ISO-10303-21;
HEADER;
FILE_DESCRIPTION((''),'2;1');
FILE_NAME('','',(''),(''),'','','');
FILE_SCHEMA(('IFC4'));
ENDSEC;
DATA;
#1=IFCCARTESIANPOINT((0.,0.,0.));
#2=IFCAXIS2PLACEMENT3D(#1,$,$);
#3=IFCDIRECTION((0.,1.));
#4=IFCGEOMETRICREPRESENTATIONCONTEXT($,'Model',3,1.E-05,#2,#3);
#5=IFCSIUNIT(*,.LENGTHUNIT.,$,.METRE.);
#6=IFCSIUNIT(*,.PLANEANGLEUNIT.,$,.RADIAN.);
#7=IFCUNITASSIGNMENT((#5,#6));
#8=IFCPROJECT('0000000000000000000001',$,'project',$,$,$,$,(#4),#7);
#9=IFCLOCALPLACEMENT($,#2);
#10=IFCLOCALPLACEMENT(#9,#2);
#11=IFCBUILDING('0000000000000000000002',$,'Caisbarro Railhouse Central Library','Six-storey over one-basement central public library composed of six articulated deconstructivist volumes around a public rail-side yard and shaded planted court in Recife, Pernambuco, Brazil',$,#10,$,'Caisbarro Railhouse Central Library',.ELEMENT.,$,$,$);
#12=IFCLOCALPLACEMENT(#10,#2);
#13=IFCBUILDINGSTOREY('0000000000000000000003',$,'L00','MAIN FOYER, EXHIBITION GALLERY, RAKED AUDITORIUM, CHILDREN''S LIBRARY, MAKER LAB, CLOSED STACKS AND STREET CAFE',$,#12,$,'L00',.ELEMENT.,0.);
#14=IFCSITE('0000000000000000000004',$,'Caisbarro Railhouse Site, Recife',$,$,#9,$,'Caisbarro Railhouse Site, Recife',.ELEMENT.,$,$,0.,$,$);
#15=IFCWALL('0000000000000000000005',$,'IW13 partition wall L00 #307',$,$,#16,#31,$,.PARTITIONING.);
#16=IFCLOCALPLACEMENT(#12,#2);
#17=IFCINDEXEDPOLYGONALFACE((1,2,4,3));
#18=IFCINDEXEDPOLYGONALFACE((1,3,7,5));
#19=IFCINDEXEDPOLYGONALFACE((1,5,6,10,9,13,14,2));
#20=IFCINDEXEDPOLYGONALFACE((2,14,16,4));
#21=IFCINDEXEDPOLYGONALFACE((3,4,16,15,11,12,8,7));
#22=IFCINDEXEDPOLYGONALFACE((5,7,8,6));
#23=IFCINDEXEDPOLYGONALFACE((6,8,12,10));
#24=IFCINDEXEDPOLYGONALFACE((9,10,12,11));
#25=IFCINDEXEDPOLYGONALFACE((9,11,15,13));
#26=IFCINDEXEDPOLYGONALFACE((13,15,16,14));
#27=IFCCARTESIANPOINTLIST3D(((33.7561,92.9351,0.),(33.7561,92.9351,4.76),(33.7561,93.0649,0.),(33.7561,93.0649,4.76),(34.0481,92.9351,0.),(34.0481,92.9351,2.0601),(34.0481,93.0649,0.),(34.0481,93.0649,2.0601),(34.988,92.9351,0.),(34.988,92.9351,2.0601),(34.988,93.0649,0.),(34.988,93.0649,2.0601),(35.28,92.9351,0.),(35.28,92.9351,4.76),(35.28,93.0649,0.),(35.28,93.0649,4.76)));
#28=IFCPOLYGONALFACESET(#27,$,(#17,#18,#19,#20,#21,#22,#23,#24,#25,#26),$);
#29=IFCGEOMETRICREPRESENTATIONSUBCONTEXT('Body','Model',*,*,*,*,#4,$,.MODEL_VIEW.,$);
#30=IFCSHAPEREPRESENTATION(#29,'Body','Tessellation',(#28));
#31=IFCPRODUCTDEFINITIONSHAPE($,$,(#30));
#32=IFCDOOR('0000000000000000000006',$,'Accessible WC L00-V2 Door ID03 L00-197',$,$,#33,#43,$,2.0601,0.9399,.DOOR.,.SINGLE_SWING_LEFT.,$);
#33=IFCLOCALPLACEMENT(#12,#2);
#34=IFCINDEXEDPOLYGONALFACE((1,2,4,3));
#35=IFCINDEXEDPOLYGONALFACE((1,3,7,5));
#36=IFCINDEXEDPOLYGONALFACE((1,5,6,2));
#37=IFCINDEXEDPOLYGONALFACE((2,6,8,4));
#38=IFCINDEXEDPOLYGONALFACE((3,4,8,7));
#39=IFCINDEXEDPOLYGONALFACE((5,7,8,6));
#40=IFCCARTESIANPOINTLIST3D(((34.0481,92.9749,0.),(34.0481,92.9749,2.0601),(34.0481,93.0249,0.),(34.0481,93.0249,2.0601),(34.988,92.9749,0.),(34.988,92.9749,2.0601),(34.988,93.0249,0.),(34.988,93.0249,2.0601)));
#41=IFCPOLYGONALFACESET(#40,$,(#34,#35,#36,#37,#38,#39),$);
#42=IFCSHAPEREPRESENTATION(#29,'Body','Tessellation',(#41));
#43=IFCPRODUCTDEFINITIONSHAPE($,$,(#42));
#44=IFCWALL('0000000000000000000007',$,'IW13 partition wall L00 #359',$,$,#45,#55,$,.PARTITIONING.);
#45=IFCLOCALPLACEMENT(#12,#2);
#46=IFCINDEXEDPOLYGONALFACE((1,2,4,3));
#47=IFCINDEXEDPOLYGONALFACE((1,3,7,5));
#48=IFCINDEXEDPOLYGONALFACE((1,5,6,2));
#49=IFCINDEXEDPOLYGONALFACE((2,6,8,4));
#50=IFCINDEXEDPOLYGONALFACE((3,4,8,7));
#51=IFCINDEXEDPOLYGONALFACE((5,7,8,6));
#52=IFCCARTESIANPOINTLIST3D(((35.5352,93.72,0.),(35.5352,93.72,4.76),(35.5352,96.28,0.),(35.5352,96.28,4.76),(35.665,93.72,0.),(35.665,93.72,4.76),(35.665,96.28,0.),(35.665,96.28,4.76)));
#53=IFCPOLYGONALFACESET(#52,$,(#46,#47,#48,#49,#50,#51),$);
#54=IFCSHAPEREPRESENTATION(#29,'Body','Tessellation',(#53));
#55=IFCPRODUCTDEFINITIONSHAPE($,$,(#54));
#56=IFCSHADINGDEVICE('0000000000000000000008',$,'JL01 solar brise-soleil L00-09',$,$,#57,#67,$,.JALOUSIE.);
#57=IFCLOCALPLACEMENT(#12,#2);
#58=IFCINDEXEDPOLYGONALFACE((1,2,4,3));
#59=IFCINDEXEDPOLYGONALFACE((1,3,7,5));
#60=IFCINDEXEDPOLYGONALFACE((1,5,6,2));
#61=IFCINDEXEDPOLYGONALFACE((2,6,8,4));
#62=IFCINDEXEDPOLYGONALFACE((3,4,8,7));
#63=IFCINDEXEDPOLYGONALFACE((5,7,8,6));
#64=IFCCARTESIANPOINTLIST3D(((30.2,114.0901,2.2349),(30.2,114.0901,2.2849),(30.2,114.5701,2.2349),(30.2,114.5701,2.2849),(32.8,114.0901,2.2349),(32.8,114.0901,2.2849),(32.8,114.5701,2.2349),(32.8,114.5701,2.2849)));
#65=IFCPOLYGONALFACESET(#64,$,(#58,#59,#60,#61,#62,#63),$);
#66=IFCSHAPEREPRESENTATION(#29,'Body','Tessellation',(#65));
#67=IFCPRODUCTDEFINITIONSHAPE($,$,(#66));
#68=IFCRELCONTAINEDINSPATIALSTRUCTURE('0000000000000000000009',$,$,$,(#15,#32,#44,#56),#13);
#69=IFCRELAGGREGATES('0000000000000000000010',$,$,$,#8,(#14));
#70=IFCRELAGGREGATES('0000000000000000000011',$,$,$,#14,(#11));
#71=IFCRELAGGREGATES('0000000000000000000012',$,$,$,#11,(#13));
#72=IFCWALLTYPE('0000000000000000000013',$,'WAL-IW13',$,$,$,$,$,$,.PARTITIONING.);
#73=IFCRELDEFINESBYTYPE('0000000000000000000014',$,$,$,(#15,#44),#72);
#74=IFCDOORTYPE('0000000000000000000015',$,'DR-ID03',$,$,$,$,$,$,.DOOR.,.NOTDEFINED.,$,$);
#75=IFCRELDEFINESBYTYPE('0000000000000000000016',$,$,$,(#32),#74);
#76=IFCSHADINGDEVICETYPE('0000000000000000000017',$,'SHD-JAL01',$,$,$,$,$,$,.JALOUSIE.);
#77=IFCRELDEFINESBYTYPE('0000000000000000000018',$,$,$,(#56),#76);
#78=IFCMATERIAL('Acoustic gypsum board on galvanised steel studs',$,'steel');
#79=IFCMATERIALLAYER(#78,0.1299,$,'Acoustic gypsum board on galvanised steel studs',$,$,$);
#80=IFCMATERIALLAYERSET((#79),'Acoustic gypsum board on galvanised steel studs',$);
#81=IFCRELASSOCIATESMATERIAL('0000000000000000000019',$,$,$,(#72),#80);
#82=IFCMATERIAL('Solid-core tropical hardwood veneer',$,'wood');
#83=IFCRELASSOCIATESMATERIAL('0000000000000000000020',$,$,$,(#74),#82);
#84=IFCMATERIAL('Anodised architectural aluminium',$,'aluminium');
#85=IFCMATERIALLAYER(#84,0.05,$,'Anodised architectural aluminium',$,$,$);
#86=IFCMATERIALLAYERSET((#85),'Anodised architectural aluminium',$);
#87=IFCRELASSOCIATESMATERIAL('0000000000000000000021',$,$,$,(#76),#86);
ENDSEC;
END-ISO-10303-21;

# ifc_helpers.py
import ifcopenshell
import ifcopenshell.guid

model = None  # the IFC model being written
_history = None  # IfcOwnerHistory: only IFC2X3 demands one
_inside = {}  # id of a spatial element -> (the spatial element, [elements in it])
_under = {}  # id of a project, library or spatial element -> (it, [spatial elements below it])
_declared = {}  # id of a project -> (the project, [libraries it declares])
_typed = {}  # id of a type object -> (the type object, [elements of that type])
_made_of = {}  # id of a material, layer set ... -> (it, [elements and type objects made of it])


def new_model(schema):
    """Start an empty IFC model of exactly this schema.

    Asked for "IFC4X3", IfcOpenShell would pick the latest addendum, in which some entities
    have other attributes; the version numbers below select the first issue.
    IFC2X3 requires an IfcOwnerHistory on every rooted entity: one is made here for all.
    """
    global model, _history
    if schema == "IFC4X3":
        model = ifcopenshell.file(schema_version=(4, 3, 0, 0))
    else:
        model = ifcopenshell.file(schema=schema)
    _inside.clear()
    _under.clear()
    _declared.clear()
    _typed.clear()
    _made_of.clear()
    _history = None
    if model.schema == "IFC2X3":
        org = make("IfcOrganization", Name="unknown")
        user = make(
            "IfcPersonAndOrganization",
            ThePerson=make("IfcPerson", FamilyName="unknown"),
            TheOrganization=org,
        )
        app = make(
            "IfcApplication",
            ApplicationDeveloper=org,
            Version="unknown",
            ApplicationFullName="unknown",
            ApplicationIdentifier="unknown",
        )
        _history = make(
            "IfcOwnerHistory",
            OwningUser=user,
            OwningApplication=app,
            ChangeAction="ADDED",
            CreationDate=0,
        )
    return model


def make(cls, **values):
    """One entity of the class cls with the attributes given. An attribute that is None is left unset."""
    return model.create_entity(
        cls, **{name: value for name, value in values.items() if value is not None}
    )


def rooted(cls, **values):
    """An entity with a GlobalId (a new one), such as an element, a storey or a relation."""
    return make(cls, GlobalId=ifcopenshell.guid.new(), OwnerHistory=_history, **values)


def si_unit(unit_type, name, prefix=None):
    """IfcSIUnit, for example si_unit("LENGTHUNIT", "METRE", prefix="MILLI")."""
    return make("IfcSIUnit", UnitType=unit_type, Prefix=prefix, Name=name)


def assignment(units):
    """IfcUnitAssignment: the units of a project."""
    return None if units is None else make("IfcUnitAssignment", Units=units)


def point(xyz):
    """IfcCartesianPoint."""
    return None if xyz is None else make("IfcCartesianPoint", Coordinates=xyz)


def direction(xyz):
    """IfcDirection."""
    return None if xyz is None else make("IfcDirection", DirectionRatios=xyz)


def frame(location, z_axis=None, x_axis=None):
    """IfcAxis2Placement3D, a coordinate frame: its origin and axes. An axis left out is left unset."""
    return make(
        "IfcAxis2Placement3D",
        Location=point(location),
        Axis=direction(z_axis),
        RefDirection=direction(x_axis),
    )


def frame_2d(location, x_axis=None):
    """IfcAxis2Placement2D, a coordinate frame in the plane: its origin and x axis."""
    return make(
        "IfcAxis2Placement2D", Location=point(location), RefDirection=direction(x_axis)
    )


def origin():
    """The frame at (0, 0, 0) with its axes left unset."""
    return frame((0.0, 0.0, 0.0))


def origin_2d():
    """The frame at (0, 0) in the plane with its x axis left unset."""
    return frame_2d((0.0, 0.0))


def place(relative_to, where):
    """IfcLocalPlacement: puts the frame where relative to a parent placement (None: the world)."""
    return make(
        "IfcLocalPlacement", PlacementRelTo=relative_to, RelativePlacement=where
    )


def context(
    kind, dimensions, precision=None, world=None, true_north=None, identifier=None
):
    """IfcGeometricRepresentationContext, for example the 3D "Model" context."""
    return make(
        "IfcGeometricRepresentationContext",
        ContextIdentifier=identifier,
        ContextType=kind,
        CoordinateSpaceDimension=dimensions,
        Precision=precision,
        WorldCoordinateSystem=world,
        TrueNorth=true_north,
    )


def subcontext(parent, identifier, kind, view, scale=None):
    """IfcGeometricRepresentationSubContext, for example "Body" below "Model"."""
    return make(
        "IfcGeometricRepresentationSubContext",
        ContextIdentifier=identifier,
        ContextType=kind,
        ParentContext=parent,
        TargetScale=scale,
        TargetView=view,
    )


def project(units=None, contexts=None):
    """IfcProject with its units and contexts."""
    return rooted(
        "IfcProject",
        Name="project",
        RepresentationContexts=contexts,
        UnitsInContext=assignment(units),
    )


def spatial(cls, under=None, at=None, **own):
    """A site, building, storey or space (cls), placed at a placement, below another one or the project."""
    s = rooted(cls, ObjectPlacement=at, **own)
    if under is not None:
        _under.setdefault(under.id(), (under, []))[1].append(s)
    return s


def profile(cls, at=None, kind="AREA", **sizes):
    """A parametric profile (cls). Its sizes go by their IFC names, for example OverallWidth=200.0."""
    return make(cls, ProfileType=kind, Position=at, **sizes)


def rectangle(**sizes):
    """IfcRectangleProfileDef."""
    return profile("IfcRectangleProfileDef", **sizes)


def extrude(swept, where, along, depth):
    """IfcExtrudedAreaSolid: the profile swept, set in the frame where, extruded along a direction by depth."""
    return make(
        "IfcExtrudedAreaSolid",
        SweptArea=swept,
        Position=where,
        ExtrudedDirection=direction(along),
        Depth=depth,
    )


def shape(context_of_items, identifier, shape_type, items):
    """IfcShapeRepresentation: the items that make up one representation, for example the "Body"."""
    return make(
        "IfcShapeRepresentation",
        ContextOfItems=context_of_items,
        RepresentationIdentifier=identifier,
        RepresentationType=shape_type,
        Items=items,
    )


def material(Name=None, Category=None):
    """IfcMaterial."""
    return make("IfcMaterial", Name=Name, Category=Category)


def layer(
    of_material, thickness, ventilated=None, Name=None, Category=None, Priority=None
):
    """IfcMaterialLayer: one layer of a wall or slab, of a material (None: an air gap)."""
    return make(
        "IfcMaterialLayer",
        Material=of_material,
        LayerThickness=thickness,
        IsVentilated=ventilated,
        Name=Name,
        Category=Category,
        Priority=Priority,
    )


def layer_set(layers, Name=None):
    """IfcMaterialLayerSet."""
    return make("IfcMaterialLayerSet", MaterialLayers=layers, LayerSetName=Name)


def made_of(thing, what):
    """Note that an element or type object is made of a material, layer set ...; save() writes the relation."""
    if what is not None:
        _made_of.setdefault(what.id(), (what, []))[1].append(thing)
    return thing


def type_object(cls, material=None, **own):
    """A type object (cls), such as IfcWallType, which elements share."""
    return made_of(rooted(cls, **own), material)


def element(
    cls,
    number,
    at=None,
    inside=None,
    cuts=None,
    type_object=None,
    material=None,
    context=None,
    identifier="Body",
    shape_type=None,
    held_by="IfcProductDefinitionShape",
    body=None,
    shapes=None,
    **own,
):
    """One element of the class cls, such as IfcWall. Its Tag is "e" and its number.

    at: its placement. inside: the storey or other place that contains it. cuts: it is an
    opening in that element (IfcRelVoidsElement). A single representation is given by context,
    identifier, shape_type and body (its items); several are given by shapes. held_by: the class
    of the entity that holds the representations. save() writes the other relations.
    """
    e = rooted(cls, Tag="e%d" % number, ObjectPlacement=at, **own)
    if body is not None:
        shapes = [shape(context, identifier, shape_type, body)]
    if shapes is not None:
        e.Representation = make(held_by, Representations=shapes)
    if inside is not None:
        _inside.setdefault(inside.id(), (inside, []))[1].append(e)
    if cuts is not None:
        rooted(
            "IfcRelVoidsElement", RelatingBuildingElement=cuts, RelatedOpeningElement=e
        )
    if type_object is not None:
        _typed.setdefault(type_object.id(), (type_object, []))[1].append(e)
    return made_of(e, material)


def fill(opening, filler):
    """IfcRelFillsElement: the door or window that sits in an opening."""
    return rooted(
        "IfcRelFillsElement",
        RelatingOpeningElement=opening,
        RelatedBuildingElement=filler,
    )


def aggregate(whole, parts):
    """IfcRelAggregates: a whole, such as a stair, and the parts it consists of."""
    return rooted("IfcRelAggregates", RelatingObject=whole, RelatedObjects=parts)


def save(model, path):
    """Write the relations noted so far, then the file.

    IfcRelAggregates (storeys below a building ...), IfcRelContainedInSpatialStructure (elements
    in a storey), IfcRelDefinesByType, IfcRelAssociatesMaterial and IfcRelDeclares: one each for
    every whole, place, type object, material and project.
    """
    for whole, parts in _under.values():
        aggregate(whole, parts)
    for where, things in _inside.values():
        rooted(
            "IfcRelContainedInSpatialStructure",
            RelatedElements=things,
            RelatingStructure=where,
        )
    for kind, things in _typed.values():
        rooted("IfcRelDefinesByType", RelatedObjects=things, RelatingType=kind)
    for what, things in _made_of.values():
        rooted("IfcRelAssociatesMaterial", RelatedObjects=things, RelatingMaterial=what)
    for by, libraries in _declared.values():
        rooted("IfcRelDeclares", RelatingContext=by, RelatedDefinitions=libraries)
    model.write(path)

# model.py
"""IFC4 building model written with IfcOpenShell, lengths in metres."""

from ifc_helpers import new_model, si_unit, direction, frame, frame_2d, origin, origin_2d, place, context, subcontext, project, spatial, rectangle, extrude, material, layer, layer_set, type_object, element, fill, save


model = new_model("IFC4")

# Units and contexts
model_context = context("Model", 3, precision=1e-05, world=origin(), true_north=direction((0.0, 1.0)))
body_context = subcontext(model_context, "Body", "Model", "MODEL_VIEW")
ifc_project = project(units=[si_unit("LENGTHUNIT", "METRE"), si_unit("PLANEANGLEUNIT", "RADIAN")], contexts=[model_context])

# Site, building, storey
site_placement = place(None, origin())
site = spatial("IfcSite", under=ifc_project, at=site_placement, Name="Caisbarro Railhouse Site, Recife", LongName="Caisbarro Railhouse Site, Recife", CompositionType="ELEMENT", RefElevation=0.0)
building_placement = place(site_placement, origin())
building = spatial("IfcBuilding", under=site, at=building_placement, Name="Caisbarro Railhouse Central Library", Description="Six-storey over one-basement central public library composed of six articulated deconstructivist volumes around a public rail-side yard and shaded planted court in Recife, Pernambuco, Brazil", LongName="Caisbarro Railhouse Central Library", CompositionType="ELEMENT")
storey_placement = place(building_placement, origin())
storey = spatial("IfcBuildingStorey", under=building, at=storey_placement, Name="L00", Description="MAIN FOYER, EXHIBITION GALLERY, RAKED AUDITORIUM, CHILDREN'S LIBRARY, MAKER LAB, CLOSED STACKS AND STREET CAFE", LongName="L00", CompositionType="ELEMENT", Elevation=0.0)

# Shared definitions
ifc_material_1 = material(Name="Anodised architectural aluminium", Category="aluminium")

# Shared definitions
ifc_material_2 = material(Name="Acoustic gypsum board on galvanised steel studs", Category="steel")

# Wall, opening, door
ifc_material_3 = material(Name="Solid-core tropical hardwood veneer", Category="wood")
ifc_layer_1 = layer(ifc_material_2, 0.1299, Name="Acoustic gypsum board on galvanised steel studs")
ifc_layer_set_1 = layer_set([ifc_layer_1], Name="Acoustic gypsum board on galvanised steel studs")
wall_type_1 = type_object("IfcWallType", Name="WAL-IW13", PredefinedType="PARTITIONING", material=ifc_layer_set_1)
wall_1_placement = place(storey_placement, frame((33.7561, 93.0, 0.0), z_axis=(0.0, 0.0, 1.0), x_axis=(1.0, 0.0, 0.0)))
wall_1 = element("IfcWall", 1, at=wall_1_placement, inside=storey, type_object=wall_type_1, Name="IW13 partition wall L00 #307", PredefinedType="PARTITIONING", context=body_context, shape_type="SweptSolid", body=[
    extrude(rectangle(XDim=1.5239, YDim=0.1299, at=frame_2d((0.762, 0.0))), origin(), (0.0, 0.0, 1.0), 4.76),
])
opening_1_placement = place(wall_1_placement, frame((0.292, 0.0, 0.0)))
opening_1 = element("IfcOpeningElement", 2, at=opening_1_placement, cuts=wall_1, PredefinedType="OPENING", context=body_context, shape_type="SweptSolid", body=[
    extrude(rectangle(XDim=0.9399, YDim=2.0601, at=frame_2d((0.47, 1.03))), frame((0.0, 0.075, 0.0), z_axis=(0.0, -1.0, 0.0), x_axis=(1.0, 0.0, 0.0)), (0.0, 0.0, 1.0), 0.1499),
])
door_type_1 = type_object("IfcDoorType", Name="DR-ID03", OperationType="NOTDEFINED", PredefinedType="DOOR", material=ifc_material_3)
door_1_placement = place(opening_1_placement, origin())
door_1 = element("IfcDoor", 3, at=door_1_placement, inside=storey, type_object=door_type_1, Name="Accessible WC L00-V2 Door ID03 L00-197", OperationType="SINGLE_SWING_LEFT", OverallHeight=2.0601, OverallWidth=0.9399, PredefinedType="DOOR", context=body_context, shape_type="SweptSolid", body=[
    extrude(rectangle(XDim=0.9399, YDim=2.0601, at=frame_2d((0.47, 1.03))), frame((0.0, 0.0249, 0.0), z_axis=(0.0, -1.0, 0.0), x_axis=(1.0, 0.0, 0.0)), (0.0, 0.0, 1.0), 0.05),
])
fill(opening_1, door_1)

# Wall
wall_2_placement = place(storey_placement, frame((35.6001, 93.72, 0.0), z_axis=(0.0, 0.0, 1.0), x_axis=(0.0, 1.0, 0.0)))
element("IfcWall", 4, at=wall_2_placement, inside=storey, type_object=wall_type_1, Name="IW13 partition wall L00 #359", PredefinedType="PARTITIONING", context=body_context, shape_type="SweptSolid", body=[
    extrude(rectangle(XDim=2.5601, YDim=0.1299, at=frame_2d((1.28, 0.0))), origin(), (0.0, 0.0, 1.0), 4.76),
])

# Shading device
ifc_layer_2 = layer(ifc_material_1, 0.05, Name="Anodised architectural aluminium")
ifc_layer_set_2 = layer_set([ifc_layer_2], Name="Anodised architectural aluminium")
shading_device_type = type_object("IfcShadingDeviceType", Name="SHD-JAL01", PredefinedType="JALOUSIE", material=ifc_layer_set_2)
shading_device_placement = place(storey_placement, frame((31.5, 114.3301, 2.2349), z_axis=(0.0, 0.0, 1.0), x_axis=(1.0, 0.0, 0.0)))
element("IfcShadingDevice", 5, at=shading_device_placement, inside=storey, type_object=shading_device_type, Name="JL01 solar brise-soleil L00-09", PredefinedType="JALOUSIE", context=body_context, shape_type="SweptSolid", body=[
    extrude(rectangle(XDim=2.6001, YDim=0.48, at=origin_2d()), origin(), (0.0, 0.0, 1.0), 0.05),
])

save(model, "model.ifc")
